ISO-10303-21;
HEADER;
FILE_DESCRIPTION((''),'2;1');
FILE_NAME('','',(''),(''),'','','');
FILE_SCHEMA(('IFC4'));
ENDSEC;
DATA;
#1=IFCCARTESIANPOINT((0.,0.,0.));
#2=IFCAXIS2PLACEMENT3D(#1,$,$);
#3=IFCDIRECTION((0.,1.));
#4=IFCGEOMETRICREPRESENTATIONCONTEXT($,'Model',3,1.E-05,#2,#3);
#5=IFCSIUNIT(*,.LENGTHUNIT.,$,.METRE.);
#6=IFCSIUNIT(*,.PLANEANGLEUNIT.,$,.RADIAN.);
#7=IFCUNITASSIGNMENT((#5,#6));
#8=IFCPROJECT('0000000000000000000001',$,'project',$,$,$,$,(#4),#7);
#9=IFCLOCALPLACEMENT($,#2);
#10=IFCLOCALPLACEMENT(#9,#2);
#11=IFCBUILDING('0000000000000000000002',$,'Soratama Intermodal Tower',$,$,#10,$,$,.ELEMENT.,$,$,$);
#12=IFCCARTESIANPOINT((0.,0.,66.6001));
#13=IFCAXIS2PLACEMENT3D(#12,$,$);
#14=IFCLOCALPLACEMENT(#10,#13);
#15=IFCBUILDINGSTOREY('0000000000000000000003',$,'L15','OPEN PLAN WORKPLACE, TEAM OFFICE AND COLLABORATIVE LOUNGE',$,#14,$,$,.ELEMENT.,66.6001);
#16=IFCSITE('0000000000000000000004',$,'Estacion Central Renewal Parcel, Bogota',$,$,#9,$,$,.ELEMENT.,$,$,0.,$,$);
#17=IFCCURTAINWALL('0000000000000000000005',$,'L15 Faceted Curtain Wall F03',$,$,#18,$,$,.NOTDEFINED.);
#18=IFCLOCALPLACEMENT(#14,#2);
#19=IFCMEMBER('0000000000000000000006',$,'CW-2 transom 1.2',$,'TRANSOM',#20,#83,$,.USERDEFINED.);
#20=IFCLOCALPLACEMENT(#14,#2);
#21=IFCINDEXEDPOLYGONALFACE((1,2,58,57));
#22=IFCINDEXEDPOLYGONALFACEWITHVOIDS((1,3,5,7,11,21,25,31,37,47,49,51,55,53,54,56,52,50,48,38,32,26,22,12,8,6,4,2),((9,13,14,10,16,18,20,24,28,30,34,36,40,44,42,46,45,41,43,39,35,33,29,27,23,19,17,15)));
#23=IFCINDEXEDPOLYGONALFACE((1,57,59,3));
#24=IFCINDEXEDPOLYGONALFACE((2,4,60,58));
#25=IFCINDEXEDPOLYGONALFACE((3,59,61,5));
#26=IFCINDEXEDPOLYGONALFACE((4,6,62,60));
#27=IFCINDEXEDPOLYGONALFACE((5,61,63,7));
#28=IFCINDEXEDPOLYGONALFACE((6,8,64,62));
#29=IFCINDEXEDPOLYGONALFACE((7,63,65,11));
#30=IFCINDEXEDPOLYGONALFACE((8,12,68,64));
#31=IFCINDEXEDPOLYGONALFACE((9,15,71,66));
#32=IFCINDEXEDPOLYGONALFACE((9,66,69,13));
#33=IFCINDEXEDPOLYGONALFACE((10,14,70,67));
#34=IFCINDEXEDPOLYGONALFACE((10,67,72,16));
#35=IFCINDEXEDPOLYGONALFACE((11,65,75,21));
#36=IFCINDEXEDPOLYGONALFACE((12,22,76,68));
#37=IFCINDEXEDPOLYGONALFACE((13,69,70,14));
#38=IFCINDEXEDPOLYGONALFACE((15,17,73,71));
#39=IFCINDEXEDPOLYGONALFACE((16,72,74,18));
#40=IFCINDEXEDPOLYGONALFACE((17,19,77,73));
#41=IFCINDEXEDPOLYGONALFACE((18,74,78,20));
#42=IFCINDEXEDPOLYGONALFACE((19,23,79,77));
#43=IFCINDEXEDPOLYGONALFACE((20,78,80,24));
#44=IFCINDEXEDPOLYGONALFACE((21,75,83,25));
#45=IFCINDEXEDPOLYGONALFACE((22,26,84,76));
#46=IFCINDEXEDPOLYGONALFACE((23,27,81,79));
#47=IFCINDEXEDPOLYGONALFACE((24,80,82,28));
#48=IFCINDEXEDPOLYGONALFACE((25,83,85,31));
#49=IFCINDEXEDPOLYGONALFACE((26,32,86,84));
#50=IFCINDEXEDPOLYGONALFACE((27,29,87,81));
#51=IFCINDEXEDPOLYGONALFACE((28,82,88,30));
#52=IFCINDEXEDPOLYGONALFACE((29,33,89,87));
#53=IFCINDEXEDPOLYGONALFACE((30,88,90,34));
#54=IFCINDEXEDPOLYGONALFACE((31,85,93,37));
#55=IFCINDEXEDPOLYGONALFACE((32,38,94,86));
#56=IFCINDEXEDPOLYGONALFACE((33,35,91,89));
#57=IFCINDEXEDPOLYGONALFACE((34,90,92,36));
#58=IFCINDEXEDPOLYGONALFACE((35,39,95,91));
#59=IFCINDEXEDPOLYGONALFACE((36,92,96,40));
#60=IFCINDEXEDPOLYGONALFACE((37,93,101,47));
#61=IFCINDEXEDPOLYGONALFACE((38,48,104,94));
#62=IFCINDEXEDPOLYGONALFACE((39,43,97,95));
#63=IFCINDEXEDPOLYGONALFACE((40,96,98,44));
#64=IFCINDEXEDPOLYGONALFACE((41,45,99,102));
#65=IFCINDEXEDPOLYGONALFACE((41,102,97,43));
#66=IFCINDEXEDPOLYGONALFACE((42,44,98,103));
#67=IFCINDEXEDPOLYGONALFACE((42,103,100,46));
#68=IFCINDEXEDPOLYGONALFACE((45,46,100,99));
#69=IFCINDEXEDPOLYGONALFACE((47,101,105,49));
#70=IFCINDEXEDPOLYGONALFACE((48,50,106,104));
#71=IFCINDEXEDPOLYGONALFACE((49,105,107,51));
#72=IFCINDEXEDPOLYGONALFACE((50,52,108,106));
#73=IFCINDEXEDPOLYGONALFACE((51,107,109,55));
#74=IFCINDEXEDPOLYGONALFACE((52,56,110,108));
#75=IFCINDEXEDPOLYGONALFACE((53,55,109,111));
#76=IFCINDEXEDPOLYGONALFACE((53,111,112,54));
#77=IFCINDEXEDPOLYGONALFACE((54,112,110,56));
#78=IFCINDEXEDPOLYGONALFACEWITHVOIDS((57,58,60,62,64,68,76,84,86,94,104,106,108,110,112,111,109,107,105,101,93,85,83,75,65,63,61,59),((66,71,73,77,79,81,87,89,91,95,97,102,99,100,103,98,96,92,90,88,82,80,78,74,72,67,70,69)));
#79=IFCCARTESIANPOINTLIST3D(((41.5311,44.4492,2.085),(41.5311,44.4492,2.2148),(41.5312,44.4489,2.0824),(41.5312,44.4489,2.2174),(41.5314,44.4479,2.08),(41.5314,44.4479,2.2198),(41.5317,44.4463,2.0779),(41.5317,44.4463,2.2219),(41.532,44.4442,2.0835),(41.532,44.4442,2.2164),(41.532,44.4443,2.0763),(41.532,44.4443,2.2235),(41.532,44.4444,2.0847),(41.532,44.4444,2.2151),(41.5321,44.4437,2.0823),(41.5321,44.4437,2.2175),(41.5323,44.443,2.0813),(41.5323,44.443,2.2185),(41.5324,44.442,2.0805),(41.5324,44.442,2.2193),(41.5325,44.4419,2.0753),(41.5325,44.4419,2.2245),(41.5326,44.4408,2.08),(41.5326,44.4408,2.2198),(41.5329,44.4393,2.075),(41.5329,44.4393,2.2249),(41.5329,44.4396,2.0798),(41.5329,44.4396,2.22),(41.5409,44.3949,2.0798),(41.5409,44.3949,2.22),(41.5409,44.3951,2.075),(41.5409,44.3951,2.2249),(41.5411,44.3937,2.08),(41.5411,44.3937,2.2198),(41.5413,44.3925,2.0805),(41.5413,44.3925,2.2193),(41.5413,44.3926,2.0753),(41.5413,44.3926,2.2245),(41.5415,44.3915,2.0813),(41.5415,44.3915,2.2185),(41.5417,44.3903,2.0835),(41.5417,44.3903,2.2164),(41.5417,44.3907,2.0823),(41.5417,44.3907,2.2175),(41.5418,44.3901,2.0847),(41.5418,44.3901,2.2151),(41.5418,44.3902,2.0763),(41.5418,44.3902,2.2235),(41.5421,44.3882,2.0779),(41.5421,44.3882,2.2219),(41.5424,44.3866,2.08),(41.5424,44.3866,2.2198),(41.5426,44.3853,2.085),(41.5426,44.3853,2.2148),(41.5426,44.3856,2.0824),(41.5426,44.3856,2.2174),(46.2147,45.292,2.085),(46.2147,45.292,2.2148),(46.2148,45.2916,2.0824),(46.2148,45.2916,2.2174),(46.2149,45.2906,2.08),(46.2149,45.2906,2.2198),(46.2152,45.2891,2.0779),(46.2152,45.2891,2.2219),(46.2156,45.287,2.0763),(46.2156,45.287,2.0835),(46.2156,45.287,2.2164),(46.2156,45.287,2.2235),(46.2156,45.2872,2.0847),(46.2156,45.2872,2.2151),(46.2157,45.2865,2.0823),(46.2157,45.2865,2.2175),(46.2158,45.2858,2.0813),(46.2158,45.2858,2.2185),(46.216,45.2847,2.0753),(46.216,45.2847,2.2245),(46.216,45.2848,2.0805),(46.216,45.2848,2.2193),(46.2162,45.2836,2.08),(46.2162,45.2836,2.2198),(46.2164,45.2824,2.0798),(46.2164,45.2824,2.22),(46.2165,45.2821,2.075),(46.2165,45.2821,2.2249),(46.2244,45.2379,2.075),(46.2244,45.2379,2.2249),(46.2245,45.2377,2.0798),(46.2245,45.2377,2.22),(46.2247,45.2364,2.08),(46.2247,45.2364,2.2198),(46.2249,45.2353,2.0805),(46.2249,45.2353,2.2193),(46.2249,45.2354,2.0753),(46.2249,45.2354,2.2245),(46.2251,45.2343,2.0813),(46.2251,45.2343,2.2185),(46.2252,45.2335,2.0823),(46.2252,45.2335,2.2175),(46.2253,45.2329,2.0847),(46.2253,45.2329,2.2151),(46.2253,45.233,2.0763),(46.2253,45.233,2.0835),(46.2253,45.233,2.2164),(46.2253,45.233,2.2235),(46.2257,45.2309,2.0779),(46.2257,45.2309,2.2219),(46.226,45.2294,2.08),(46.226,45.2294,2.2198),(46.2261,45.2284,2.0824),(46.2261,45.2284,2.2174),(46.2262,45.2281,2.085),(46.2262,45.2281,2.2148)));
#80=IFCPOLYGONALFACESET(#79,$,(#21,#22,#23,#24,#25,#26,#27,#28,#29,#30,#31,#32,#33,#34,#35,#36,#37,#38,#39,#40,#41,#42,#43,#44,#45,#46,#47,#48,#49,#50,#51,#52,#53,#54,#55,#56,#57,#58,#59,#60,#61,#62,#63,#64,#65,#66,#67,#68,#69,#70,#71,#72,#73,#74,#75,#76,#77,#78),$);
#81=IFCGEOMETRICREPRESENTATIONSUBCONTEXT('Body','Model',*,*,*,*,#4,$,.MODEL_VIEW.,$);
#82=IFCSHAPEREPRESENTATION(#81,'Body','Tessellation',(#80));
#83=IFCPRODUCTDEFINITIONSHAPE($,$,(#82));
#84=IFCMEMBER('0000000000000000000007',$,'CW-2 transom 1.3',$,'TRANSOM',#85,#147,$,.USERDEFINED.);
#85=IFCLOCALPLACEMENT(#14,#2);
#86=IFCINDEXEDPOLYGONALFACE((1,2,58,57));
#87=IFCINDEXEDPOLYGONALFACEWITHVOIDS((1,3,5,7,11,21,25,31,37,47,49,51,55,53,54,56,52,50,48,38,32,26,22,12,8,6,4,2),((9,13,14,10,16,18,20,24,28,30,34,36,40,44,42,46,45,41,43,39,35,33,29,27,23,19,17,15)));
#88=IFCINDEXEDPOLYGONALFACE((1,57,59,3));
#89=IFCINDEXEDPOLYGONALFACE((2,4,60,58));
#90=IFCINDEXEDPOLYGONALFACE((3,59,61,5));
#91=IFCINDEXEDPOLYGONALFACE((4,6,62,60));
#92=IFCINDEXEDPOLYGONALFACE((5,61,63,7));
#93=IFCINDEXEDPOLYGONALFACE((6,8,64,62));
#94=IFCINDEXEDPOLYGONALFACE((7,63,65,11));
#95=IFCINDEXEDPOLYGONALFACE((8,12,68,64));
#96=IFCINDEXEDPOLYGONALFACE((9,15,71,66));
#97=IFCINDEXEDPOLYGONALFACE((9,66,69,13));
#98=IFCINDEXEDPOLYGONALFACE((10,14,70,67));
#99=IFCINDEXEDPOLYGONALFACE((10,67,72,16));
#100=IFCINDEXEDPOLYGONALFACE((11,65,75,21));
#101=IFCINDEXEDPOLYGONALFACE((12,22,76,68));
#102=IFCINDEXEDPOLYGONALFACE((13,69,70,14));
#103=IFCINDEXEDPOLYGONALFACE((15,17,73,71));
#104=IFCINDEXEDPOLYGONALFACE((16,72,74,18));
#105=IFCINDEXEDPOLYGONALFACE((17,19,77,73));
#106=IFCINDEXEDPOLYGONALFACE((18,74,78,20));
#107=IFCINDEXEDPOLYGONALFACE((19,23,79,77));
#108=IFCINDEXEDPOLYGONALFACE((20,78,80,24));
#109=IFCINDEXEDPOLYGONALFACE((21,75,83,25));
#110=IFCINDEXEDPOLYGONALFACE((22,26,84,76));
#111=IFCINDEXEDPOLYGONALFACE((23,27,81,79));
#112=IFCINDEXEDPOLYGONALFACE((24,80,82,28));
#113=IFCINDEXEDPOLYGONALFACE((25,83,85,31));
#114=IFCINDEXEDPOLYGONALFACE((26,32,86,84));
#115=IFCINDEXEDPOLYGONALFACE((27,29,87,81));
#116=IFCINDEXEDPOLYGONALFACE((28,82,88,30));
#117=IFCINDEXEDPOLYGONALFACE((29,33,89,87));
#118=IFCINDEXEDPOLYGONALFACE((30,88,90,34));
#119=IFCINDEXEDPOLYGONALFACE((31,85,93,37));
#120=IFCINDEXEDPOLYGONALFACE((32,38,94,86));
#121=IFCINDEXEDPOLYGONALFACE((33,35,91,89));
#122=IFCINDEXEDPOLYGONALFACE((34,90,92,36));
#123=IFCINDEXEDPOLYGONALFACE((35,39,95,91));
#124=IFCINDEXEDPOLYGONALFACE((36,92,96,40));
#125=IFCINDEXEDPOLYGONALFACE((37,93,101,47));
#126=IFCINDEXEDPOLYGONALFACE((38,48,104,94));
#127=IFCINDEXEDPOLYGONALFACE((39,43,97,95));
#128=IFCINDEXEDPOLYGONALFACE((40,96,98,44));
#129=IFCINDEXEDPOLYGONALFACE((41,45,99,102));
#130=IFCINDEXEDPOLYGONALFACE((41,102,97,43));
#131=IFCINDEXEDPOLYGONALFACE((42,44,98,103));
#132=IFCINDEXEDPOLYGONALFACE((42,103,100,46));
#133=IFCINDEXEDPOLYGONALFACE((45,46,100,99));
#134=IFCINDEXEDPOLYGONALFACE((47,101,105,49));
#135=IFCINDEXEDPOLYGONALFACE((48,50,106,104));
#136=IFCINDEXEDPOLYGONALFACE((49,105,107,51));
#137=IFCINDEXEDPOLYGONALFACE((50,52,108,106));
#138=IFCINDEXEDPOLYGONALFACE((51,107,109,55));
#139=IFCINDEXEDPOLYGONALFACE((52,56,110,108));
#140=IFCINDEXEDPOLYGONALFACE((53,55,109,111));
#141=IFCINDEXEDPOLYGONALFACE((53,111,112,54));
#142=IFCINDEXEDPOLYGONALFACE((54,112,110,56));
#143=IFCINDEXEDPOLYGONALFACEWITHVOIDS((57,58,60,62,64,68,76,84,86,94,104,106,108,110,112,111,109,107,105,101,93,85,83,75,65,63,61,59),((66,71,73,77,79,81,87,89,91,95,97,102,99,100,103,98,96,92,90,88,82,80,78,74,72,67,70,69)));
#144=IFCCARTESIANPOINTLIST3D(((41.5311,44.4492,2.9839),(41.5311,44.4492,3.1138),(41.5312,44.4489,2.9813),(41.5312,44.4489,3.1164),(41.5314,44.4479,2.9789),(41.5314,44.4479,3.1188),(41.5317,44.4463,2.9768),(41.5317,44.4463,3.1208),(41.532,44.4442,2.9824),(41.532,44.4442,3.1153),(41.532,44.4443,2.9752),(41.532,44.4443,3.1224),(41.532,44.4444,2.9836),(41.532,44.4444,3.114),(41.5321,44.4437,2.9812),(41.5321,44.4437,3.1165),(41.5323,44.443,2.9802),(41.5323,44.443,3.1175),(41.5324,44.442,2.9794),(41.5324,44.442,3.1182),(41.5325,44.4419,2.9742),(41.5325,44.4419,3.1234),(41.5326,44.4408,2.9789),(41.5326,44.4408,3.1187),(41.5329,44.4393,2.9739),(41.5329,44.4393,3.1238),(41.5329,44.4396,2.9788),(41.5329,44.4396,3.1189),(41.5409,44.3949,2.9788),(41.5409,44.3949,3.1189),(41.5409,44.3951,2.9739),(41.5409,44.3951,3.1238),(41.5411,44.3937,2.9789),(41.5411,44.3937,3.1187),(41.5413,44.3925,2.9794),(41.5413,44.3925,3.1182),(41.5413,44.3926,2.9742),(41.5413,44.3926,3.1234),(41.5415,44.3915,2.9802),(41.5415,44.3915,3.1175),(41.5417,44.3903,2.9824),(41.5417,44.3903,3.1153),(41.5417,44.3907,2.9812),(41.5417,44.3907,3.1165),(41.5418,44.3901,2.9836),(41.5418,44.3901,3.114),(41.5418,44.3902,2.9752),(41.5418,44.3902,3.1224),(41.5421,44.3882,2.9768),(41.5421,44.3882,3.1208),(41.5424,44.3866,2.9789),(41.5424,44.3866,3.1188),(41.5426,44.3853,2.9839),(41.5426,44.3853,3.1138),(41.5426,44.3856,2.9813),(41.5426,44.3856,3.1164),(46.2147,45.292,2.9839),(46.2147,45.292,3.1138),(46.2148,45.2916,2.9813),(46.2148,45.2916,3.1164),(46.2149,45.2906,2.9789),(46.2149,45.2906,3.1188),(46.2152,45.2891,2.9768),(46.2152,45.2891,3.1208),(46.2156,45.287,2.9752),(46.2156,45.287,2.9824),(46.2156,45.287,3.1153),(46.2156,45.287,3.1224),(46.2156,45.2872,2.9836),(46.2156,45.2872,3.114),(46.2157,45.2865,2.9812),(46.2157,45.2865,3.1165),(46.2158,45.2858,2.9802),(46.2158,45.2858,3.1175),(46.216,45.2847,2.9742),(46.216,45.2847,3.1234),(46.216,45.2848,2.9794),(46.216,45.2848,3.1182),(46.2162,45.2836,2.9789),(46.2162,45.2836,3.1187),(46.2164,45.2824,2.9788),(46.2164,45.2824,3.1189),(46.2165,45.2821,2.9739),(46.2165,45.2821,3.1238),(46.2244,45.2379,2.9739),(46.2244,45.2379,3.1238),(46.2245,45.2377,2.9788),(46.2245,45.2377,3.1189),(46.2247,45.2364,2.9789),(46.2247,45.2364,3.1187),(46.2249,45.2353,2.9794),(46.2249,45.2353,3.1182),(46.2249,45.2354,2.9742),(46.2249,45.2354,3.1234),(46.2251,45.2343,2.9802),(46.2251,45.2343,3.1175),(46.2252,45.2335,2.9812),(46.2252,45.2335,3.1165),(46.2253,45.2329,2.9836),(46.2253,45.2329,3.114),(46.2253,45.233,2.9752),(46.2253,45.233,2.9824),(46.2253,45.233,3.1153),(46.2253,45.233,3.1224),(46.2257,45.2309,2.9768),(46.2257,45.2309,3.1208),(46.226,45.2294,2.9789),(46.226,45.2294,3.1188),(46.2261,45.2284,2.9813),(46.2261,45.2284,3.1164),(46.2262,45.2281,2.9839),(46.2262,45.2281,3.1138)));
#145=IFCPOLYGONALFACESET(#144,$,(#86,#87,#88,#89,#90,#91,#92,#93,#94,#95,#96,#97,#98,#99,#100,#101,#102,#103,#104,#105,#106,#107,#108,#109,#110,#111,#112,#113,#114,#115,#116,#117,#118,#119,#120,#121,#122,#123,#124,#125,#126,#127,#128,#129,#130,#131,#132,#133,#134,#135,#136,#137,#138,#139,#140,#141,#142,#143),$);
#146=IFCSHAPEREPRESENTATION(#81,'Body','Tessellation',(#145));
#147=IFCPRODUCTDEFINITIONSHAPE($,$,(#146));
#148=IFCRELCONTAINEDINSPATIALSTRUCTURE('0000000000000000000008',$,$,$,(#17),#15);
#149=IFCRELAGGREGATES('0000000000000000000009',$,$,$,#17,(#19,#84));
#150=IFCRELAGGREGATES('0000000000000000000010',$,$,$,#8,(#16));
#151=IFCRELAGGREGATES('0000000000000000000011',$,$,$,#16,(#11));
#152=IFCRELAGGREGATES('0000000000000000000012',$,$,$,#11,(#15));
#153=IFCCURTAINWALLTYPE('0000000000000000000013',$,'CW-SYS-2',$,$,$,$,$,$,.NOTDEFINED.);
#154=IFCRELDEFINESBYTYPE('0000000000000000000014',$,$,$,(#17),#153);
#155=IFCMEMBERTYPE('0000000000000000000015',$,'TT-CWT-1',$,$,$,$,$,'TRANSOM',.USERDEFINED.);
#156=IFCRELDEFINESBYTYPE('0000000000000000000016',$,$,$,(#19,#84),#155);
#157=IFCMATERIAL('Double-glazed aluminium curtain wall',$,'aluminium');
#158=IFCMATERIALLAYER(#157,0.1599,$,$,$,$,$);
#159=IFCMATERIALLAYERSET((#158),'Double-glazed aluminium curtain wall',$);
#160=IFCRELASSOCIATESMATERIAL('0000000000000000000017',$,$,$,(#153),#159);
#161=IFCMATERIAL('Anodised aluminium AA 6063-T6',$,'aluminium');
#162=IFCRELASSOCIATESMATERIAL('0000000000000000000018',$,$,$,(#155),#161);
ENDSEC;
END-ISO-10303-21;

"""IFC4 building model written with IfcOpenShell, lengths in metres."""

from ifc_helpers import new_model, si_unit, direction, frame, origin, origin_2d, place, context, subcontext, project, spatial, hollow_rectangle, extrude, material, layer, layer_set, material_profile, profile_set, type_object, element, aggregate, save


model = new_model("IFC4")

# Units and contexts
model_context = context("Model", 3, precision=1e-05, world=origin(), true_north=direction((0.0, 1.0)))
body_context = subcontext(model_context, "Body", "Model", "MODEL_VIEW")
ifc_project = project(units=[si_unit("LENGTHUNIT", "METRE"), si_unit("PLANEANGLEUNIT", "RADIAN")], contexts=[model_context])

# Site, building, storey
site_placement = place(None, origin())
site = spatial("IfcSite", under=ifc_project, at=site_placement, Name="Estacion Central Renewal Parcel, Bogota", CompositionType="ELEMENT", RefElevation=0.0)
building_placement = place(site_placement, origin())
building = spatial("IfcBuilding", under=site, at=building_placement, Name="Soratama Intermodal Tower", CompositionType="ELEMENT")
storey_placement = place(building_placement, frame((0.0, 0.0, 66.6001)))
storey = spatial("IfcBuildingStorey", under=building, at=storey_placement, Name="L15", Description="OPEN PLAN WORKPLACE, TEAM OFFICE AND COLLABORATIVE LOUNGE", CompositionType="ELEMENT", Elevation=66.6001)

# Shared definitions
ifc_material_1 = material(Name="Double-glazed aluminium curtain wall", Category="aluminium")
ifc_layer_1 = layer(ifc_material_1, 0.1599)
ifc_layer_set_1 = layer_set([ifc_layer_1], Name="Double-glazed aluminium curtain wall")
curtain_wall_type = type_object("IfcCurtainWallType", Name="CW-SYS-2", PredefinedType="NOTDEFINED", material=ifc_layer_set_1)

# Curtain wall, members
curtain_wall_1_placement = place(storey_placement, origin())
curtain_wall_1 = element("IfcCurtainWall", 1, at=curtain_wall_1_placement, inside=storey, type_object=curtain_wall_type, Name="L15 Faceted Curtain Wall F03", PredefinedType="NOTDEFINED")
ifc_material_2 = material(Name="Anodised aluminium AA 6063-T6", Category="aluminium")
ifc_material_profile_1 = material_profile(ifc_material_2, hollow_rectangle(XDim=0.0649, YDim=0.1499, WallThickness=0.0049, InnerFilletRadius=0.0049, OuterFilletRadius=0.01, at=origin_2d()), Name="CWT150X65X5")
ifc_profile_set_1 = profile_set([ifc_material_profile_1], Name="Anodised aluminium AA 6063-T6")
member_type_1 = type_object("IfcMemberType", Name="TT-CWT-1", ElementType="TRANSOM", PredefinedType="USERDEFINED", material=ifc_profile_set_1)
member_1_placement = place(storey_placement, frame((46.2205, 45.26, 2.1499), z_axis=(-0.984193, -0.177097, 0.0), x_axis=(0.177097, -0.984193, 0.0)))
member_1 = element("IfcMember", 2, at=member_1_placement, type_object=member_type_1, Name="CW-2 transom 1.2", ObjectType="TRANSOM", PredefinedType="USERDEFINED", context=body_context, shape_type="SweptSolid", body=[
    extrude(hollow_rectangle(XDim=0.0649, YDim=0.1499, WallThickness=0.0049, InnerFilletRadius=0.0049, OuterFilletRadius=0.01, at=origin_2d()), origin(), (0.0, 0.0, 1.0), 4.7588),
])
member_2_placement = place(storey_placement, frame((46.2205, 45.26, 3.0488), z_axis=(-0.984193, -0.177097, 0.0), x_axis=(0.177097, -0.984193, 0.0)))
member_2 = element("IfcMember", 3, at=member_2_placement, type_object=member_type_1, Name="CW-2 transom 1.3", ObjectType="TRANSOM", PredefinedType="USERDEFINED", context=body_context, shape_type="SweptSolid", body=[
    extrude(hollow_rectangle(XDim=0.0649, YDim=0.1499, WallThickness=0.0049, InnerFilletRadius=0.0049, OuterFilletRadius=0.01, at=origin_2d()), origin(), (0.0, 0.0, 1.0), 4.7588),
])

aggregate(curtain_wall_1, [member_1, member_2])

save(model, "model.ifc")
